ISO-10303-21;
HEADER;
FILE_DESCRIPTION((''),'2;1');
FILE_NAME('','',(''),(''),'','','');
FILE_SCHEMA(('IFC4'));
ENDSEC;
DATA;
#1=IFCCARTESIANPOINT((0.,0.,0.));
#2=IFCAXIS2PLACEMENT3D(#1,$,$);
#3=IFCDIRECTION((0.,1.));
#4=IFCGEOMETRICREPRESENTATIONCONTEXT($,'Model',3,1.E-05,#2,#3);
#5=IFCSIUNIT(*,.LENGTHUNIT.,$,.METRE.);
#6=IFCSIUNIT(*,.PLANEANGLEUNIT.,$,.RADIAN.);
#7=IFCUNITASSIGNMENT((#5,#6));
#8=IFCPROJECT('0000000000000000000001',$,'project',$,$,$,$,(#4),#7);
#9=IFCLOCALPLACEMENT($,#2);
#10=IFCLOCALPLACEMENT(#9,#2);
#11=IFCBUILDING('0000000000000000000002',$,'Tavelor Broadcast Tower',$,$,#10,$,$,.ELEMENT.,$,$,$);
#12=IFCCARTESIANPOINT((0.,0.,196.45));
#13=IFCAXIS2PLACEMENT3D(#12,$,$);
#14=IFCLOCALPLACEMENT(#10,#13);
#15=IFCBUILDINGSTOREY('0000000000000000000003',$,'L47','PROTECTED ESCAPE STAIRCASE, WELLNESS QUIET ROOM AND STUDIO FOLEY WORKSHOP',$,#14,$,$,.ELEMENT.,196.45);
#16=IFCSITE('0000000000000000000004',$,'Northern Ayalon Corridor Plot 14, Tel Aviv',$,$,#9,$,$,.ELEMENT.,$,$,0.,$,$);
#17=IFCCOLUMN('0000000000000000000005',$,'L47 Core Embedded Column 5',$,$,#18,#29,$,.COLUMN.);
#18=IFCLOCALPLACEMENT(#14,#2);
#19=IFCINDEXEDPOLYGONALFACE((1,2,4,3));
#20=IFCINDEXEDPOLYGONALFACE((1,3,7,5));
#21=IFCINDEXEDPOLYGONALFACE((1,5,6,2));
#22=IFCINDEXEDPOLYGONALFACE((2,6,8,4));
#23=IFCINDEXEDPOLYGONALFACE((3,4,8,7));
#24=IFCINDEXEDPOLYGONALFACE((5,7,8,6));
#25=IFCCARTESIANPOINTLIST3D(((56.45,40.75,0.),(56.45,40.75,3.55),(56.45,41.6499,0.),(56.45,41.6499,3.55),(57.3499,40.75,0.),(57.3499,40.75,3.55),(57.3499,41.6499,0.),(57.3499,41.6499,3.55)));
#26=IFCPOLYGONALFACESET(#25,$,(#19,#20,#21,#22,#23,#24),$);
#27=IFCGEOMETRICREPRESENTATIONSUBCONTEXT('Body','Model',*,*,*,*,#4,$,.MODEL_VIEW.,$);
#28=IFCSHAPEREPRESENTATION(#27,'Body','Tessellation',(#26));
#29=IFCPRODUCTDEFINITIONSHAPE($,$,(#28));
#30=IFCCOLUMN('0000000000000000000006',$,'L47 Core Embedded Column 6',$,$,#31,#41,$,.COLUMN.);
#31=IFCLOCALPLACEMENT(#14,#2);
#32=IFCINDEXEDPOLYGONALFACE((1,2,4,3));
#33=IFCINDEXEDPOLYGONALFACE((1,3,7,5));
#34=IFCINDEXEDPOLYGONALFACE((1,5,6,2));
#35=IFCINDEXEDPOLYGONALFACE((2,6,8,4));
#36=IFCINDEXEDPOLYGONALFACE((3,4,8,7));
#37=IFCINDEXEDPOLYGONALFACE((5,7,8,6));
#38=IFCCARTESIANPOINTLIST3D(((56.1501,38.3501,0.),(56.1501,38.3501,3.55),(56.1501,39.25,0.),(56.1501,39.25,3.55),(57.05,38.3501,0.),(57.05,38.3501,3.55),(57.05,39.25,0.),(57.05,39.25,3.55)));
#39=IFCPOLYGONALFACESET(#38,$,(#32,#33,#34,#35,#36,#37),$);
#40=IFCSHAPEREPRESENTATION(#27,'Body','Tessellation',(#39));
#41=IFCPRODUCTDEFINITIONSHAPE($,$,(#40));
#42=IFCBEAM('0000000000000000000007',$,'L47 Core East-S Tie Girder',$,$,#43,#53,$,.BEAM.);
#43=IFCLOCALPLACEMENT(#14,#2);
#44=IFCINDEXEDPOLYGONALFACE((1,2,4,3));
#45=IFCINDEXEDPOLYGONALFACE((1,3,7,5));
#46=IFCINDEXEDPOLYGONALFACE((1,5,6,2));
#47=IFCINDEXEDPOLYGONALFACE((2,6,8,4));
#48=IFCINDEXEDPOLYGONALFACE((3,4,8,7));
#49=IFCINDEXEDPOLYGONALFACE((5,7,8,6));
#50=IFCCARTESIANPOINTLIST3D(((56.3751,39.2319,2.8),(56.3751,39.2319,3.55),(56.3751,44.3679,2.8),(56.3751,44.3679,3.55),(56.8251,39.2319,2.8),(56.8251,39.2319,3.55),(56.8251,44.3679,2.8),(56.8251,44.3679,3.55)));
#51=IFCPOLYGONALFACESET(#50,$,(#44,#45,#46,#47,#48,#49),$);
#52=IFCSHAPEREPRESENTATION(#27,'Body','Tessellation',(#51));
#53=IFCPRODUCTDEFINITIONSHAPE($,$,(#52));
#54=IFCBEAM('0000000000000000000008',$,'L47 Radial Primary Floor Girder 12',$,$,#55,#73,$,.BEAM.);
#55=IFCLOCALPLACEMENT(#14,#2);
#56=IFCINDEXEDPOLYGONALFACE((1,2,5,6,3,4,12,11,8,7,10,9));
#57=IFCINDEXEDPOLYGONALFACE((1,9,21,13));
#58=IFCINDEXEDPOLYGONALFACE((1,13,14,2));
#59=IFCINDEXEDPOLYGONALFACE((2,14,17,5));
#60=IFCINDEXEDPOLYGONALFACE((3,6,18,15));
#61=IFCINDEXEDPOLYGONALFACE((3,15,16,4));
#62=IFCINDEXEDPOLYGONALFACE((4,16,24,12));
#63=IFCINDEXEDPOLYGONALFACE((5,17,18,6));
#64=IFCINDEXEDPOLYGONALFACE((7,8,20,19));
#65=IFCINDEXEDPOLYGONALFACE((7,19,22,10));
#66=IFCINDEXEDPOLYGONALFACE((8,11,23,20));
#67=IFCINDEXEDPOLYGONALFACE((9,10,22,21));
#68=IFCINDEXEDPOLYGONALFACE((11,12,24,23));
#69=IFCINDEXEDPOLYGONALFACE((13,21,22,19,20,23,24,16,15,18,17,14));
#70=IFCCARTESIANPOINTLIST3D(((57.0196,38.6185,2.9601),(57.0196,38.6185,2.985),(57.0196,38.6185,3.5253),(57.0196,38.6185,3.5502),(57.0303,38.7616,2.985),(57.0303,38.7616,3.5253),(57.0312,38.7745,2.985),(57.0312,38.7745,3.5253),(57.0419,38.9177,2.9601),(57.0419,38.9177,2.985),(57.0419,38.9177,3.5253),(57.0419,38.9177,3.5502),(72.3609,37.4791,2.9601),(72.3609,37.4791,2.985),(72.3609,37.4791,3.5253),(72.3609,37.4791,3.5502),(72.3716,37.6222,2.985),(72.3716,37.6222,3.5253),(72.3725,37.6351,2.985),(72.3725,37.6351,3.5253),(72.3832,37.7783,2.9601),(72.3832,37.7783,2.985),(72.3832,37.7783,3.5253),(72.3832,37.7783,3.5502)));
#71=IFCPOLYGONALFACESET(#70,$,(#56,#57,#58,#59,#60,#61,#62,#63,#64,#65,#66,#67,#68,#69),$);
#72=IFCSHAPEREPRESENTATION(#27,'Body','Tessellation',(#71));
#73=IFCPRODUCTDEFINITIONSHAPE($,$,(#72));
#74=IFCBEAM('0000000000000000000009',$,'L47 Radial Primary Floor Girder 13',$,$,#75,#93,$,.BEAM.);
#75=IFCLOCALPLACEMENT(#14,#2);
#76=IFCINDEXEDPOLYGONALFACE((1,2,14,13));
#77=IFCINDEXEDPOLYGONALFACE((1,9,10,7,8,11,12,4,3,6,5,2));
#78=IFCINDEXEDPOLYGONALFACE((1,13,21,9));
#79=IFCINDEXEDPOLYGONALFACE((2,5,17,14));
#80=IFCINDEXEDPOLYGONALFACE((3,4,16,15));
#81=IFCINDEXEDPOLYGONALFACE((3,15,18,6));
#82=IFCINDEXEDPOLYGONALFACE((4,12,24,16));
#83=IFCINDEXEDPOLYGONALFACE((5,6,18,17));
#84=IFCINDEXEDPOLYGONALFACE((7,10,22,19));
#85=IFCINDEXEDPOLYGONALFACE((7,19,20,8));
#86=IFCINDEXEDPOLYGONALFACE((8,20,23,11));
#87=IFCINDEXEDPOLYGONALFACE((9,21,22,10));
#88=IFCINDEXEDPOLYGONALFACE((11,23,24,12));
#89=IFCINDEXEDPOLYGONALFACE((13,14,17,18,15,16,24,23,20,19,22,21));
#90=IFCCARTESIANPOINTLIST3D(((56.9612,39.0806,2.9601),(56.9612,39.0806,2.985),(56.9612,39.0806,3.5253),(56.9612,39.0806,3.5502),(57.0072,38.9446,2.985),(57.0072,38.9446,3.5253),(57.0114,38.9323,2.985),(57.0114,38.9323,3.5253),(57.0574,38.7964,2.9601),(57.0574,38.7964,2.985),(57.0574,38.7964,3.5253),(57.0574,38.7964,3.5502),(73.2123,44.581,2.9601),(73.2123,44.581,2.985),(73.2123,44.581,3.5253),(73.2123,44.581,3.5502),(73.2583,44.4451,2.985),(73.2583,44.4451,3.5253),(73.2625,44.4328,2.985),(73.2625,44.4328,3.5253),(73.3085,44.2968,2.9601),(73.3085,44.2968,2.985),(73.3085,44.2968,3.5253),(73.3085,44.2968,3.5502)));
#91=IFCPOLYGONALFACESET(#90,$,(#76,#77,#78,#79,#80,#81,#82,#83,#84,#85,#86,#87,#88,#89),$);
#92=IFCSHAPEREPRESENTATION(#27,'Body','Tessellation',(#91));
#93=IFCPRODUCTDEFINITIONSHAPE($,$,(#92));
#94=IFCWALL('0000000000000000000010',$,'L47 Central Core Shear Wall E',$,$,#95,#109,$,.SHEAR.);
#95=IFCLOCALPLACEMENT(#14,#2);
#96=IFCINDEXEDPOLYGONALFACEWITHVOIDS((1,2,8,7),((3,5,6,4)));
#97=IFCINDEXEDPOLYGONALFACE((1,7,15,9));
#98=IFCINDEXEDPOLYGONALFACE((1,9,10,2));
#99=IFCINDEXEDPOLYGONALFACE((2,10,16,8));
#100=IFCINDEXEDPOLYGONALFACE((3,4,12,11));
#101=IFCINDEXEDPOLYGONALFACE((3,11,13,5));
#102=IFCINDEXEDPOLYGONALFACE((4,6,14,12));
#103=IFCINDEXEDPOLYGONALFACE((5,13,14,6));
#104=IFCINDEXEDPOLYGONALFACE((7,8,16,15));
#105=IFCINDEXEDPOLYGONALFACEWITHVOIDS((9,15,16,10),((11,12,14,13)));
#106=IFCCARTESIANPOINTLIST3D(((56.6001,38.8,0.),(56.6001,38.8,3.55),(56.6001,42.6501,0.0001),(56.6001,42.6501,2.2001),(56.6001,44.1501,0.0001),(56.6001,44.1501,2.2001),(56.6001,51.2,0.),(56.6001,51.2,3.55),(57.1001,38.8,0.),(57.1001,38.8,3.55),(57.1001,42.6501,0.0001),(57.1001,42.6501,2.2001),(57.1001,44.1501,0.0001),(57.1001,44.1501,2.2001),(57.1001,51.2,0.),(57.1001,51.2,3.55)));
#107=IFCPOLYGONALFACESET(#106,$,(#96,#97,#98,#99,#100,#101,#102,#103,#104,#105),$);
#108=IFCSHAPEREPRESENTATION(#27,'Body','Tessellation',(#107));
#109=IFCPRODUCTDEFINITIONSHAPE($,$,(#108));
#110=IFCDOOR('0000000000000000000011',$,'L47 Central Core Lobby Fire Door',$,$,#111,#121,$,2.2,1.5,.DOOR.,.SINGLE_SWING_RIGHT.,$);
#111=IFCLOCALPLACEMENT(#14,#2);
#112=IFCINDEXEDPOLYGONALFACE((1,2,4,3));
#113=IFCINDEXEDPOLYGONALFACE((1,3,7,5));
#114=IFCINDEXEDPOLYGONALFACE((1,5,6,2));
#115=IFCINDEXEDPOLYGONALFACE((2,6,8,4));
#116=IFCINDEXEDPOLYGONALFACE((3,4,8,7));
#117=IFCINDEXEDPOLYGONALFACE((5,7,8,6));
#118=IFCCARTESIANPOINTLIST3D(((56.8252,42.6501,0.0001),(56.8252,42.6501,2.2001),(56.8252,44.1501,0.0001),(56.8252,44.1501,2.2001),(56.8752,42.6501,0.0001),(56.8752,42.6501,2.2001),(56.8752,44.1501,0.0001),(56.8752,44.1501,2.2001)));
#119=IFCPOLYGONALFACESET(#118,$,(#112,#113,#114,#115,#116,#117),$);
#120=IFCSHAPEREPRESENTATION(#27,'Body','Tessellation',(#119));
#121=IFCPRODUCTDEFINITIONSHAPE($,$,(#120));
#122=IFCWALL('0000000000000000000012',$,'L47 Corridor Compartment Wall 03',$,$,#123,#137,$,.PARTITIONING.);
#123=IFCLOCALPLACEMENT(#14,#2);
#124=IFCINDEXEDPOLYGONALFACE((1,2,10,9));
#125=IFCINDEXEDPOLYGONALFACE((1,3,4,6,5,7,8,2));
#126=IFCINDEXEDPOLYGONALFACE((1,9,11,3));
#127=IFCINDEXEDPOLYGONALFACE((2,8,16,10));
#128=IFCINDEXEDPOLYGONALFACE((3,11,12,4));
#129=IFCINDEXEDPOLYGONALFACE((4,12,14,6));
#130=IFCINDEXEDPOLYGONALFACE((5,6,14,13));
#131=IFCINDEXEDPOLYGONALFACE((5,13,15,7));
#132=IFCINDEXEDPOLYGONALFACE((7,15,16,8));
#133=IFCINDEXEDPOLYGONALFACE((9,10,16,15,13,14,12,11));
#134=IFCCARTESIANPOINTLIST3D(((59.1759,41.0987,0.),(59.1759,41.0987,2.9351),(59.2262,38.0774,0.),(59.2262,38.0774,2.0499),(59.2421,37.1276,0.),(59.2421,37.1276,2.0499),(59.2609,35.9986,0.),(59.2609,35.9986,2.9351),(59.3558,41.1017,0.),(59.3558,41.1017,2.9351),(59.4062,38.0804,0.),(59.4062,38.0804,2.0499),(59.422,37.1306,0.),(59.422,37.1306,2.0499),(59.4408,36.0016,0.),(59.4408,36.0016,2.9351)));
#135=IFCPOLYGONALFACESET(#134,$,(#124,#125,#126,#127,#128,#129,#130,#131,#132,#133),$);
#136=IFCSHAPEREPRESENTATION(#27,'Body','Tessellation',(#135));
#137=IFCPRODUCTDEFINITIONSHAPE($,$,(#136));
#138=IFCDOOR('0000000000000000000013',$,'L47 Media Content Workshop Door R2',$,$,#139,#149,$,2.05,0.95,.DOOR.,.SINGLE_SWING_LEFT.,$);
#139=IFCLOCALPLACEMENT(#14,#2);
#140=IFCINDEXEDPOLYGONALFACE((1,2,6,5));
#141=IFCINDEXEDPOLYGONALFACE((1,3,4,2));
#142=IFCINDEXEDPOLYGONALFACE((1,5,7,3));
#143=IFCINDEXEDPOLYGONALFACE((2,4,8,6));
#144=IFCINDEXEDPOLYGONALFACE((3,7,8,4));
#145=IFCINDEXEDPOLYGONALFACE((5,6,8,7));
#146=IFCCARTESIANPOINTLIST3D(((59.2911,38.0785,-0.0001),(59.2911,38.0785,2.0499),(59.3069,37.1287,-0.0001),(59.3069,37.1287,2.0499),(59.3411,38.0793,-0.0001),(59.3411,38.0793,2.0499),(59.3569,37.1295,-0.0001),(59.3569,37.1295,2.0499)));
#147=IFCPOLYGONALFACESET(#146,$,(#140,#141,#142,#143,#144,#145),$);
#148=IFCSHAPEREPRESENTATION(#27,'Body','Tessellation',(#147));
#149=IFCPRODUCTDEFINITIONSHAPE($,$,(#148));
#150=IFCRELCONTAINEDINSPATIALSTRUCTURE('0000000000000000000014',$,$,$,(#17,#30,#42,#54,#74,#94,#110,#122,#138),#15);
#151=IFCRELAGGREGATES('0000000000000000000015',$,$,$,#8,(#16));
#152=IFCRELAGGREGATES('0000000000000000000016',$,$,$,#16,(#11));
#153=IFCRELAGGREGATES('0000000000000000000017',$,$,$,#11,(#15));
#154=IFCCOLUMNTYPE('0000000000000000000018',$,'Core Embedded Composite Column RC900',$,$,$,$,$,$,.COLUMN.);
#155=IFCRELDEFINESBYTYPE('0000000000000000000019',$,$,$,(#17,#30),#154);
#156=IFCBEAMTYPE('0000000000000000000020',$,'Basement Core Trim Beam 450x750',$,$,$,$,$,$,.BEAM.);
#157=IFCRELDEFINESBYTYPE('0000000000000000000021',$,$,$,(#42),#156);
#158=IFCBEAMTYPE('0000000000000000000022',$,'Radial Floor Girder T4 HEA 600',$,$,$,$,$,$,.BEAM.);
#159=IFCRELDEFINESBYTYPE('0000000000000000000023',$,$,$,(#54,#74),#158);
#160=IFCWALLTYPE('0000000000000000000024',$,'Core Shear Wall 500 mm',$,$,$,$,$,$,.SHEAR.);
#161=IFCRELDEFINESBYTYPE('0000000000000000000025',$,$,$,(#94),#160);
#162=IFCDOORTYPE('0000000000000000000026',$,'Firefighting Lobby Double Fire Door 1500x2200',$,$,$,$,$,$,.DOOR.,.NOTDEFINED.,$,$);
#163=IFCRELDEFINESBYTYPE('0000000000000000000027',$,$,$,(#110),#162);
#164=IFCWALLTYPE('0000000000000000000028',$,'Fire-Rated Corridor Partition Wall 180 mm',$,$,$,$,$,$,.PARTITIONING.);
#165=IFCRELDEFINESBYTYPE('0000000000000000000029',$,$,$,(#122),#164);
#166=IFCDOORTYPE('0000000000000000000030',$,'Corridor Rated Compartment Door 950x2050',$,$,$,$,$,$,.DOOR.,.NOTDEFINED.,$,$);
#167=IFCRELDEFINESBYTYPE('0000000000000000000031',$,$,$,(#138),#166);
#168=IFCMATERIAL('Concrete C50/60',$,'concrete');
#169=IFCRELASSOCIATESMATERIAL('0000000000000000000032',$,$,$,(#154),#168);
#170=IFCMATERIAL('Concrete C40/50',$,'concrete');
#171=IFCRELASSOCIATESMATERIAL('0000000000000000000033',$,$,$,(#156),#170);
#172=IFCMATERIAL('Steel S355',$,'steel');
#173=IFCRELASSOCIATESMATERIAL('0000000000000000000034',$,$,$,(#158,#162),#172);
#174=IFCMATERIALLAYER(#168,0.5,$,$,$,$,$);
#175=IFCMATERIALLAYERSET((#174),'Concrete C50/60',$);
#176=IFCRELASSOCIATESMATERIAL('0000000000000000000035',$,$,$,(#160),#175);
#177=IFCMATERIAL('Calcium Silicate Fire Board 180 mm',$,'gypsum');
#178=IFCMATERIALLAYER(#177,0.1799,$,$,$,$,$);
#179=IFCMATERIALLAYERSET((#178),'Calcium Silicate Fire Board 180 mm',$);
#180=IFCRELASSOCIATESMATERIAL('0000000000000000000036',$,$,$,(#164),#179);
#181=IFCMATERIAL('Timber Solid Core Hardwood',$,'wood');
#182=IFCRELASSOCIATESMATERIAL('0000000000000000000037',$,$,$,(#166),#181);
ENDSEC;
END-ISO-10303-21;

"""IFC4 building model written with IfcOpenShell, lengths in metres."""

from ifc_helpers import new_model, si_unit, direction, frame, frame_2d, origin, origin_2d, place, context, subcontext, project, spatial, rectangle, i_section, extrude, material, layer, layer_set, material_profile, profile_set, type_object, element, fill, save


model = new_model("IFC4")

# Units and contexts
model_context = context("Model", 3, precision=1e-05, world=origin(), true_north=direction((0.0, 1.0)))
body_context = subcontext(model_context, "Body", "Model", "MODEL_VIEW")
ifc_project = project(units=[si_unit("LENGTHUNIT", "METRE"), si_unit("PLANEANGLEUNIT", "RADIAN")], contexts=[model_context])

# Site, building, storey
site_placement = place(None, origin())
site = spatial("IfcSite", under=ifc_project, at=site_placement, Name="Northern Ayalon Corridor Plot 14, Tel Aviv", CompositionType="ELEMENT", RefElevation=0.0)
building_placement = place(site_placement, origin())
building = spatial("IfcBuilding", under=site, at=building_placement, Name="Tavelor Broadcast Tower", CompositionType="ELEMENT")
storey_placement = place(building_placement, frame((0.0, 0.0, 196.45)))
storey = spatial("IfcBuildingStorey", under=building, at=storey_placement, Name="L47", Description="PROTECTED ESCAPE STAIRCASE, WELLNESS QUIET ROOM AND STUDIO FOLEY WORKSHOP", CompositionType="ELEMENT", Elevation=196.45)

# Columns
ifc_material_1 = material(Name="Concrete C50/60", Category="concrete")
ifc_material_profile_1 = material_profile(ifc_material_1, rectangle(XDim=0.8999, YDim=0.8999, at=origin_2d()), Name="RC 900x900")
ifc_profile_set_1 = profile_set([ifc_material_profile_1], Name="Concrete C50/60")
column_type = type_object("IfcColumnType", Name="Core Embedded Composite Column RC900", PredefinedType="COLUMN", material=ifc_profile_set_1)
for number, where, z_axis, x_axis, name in (
    (1, (56.8999, 41.2, 0.0), (0.0, 0.0, 1.0), (1.0, 0.0, 0.0), "L47 Core Embedded Column 5"),
    (2, (56.6001, 38.8, 0.0), (0.0, 0.0, 1.0), (1.0, 0.0, 0.0), "L47 Core Embedded Column 6"),
):
    element("IfcColumn", number, at=place(storey_placement, frame(where, z_axis=z_axis, x_axis=x_axis)), inside=storey, type_object=column_type, Name=name, PredefinedType="COLUMN", context=body_context, shape_type="SweptSolid", body=[
        extrude(rectangle(XDim=0.8999, YDim=0.8999, at=origin_2d()), origin(), (0.0, 0.0, 1.0), 3.55),
    ])

# Beams
ifc_material_2 = material(Name="Concrete C40/50", Category="concrete")
ifc_material_profile_2 = material_profile(ifc_material_2, rectangle(XDim=0.45, YDim=0.75, at=origin_2d()), Name="RC 450x750")
ifc_profile_set_2 = profile_set([ifc_material_profile_2], Name="Concrete C40/50")
beam_type_1 = type_object("IfcBeamType", Name="Basement Core Trim Beam 450x750", PredefinedType="BEAM", material=ifc_profile_set_2)
beam_1_placement = place(storey_placement, frame((56.6001, 39.2319, 3.175), z_axis=(0.0, 1.0, 0.0), x_axis=(-1.0, 0.0, 0.0)))
element("IfcBeam", 3, at=beam_1_placement, inside=storey, type_object=beam_type_1, Name="L47 Core East-S Tie Girder", PredefinedType="BEAM", context=body_context, shape_type="SweptSolid", body=[
    extrude(rectangle(XDim=0.45, YDim=0.75, at=origin_2d()), origin(), (0.0, 0.0, 1.0), 5.136),
])
ifc_material_3 = material(Name="Steel S355", Category="steel")
ifc_material_profile_3 = material_profile(ifc_material_3, i_section(OverallWidth=0.3, OverallDepth=0.5901, WebThickness=0.0129, FlangeThickness=0.0249, at=origin_2d()), Name="HEA 600")
ifc_profile_set_3 = profile_set([ifc_material_profile_3], Name="Steel S355")
beam_type_2 = type_object("IfcBeamType", Name="Radial Floor Girder T4 HEA 600", PredefinedType="BEAM", material=ifc_profile_set_3)
beam_2_placement = place(storey_placement, frame((57.0308, 38.7681, 3.2551), z_axis=(0.997253, -0.074066, 0.0), x_axis=(0.074066, 0.997253, 0.0)))
element("IfcBeam", 4, at=beam_2_placement, inside=storey, type_object=beam_type_2, Name="L47 Radial Primary Floor Girder 12", PredefinedType="BEAM", context=body_context, shape_type="SweptSolid", body=[
    extrude(i_section(OverallWidth=0.3, OverallDepth=0.5901, WebThickness=0.0129, FlangeThickness=0.0249, at=origin_2d()), origin(), (0.0, 0.0, 1.0), 15.3835),
])
beam_3_placement = place(storey_placement, frame((57.0093, 38.9385, 3.2551), z_axis=(0.947215, 0.3206, 0.0), x_axis=(-0.3206, 0.947215, 0.0)))
element("IfcBeam", 5, at=beam_3_placement, inside=storey, type_object=beam_type_2, Name="L47 Radial Primary Floor Girder 13", PredefinedType="BEAM", context=body_context, shape_type="SweptSolid", body=[
    extrude(i_section(OverallWidth=0.3, OverallDepth=0.5901, WebThickness=0.0129, FlangeThickness=0.0249, at=origin_2d()), origin(), (0.0, 0.0, 1.0), 17.1567),
])

# Walls, openings, doors
ifc_layer_1 = layer(ifc_material_1, 0.5)
ifc_layer_set_1 = layer_set([ifc_layer_1], Name="Concrete C50/60")
wall_type_1 = type_object("IfcWallType", Name="Core Shear Wall 500 mm", PredefinedType="SHEAR", material=ifc_layer_set_1)
wall_1_placement = place(storey_placement, frame((56.8501, 38.8, 0.0), z_axis=(0.0, 0.0, 1.0), x_axis=(0.0, 1.0, 0.0)))
wall_1 = element("IfcWall", 6, at=wall_1_placement, inside=storey, type_object=wall_type_1, Name="L47 Central Core Shear Wall E", PredefinedType="SHEAR", context=body_context, shape_type="SweptSolid", body=[
    extrude(rectangle(XDim=12.3999, YDim=0.5, at=frame_2d((6.2, 0.0))), origin(), (0.0, 0.0, 1.0), 3.55),
])
opening_1_placement = place(wall_1_placement, frame((3.8501, 0.0, 0.0)))
opening_1 = element("IfcOpeningElement", 7, at=opening_1_placement, cuts=wall_1, PredefinedType="OPENING", context=body_context, shape_type="SweptSolid", body=[
    extrude(rectangle(XDim=1.5, YDim=2.2, at=frame_2d((0.75, 1.1001))), frame((0.0, 0.26, 0.0), z_axis=(0.0, -1.0, 0.0), x_axis=(1.0, 0.0, 0.0)), (0.0, 0.0, 1.0), 0.52),
])
door_type_1 = type_object("IfcDoorType", Name="Firefighting Lobby Double Fire Door 1500x2200", OperationType="NOTDEFINED", PredefinedType="DOOR", material=ifc_material_3)
door_1_placement = place(opening_1_placement, origin())
door_1 = element("IfcDoor", 8, at=door_1_placement, inside=storey, type_object=door_type_1, Name="L47 Central Core Lobby Fire Door", OperationType="SINGLE_SWING_RIGHT", OverallHeight=2.2, OverallWidth=1.5, PredefinedType="DOOR", context=body_context, shape_type="SweptSolid", body=[
    extrude(rectangle(XDim=1.5, YDim=2.2, at=frame_2d((0.75, 1.1001))), frame((0.0, 0.0249, 0.0), z_axis=(0.0, -1.0, 0.0), x_axis=(1.0, 0.0, 0.0)), (0.0, 0.0, 1.0), 0.05),
])
fill(opening_1, door_1)
ifc_material_4 = material(Name="Calcium Silicate Fire Board 180 mm", Category="gypsum")
ifc_layer_2 = layer(ifc_material_4, 0.1799)
ifc_layer_set_2 = layer_set([ifc_layer_2], Name="Calcium Silicate Fire Board 180 mm")
wall_type_2 = type_object("IfcWallType", Name="Fire-Rated Corridor Partition Wall 180 mm", PredefinedType="PARTITIONING", material=ifc_layer_set_2)
wall_2_placement = place(storey_placement, frame((59.2659, 41.1001, 0.0), z_axis=(0.0, 0.0, 1.0), x_axis=(0.016656, -0.999861, 0.0)))
wall_2 = element("IfcWall", 9, at=wall_2_placement, inside=storey, type_object=wall_type_2, Name="L47 Corridor Compartment Wall 03", PredefinedType="PARTITIONING", context=body_context, shape_type="SweptSolid", body=[
    extrude(rectangle(XDim=5.1008, YDim=0.1799, at=frame_2d((2.5503, 0.0))), origin(), (0.0, 0.0, 1.0), 2.9351),
])
opening_2_placement = place(wall_2_placement, frame((3.0215, 0.0, 0.0)))
opening_2 = element("IfcOpeningElement", 10, at=opening_2_placement, cuts=wall_2, PredefinedType="OPENING", context=body_context, shape_type="SweptSolid", body=[
    extrude(rectangle(XDim=0.95, YDim=2.05, at=frame_2d((0.4751, 1.0249))), frame((0.0, 0.1001, 0.0), z_axis=(0.0, -1.0, 0.0), x_axis=(1.0, 0.0, 0.0)), (0.0, 0.0, 1.0), 0.2),
])
ifc_material_5 = material(Name="Timber Solid Core Hardwood", Category="wood")
door_type_2 = type_object("IfcDoorType", Name="Corridor Rated Compartment Door 950x2050", OperationType="NOTDEFINED", PredefinedType="DOOR", material=ifc_material_5)
door_2_placement = place(opening_2_placement, origin())
door_2 = element("IfcDoor", 11, at=door_2_placement, inside=storey, type_object=door_type_2, Name="L47 Media Content Workshop Door R2", OperationType="SINGLE_SWING_LEFT", OverallHeight=2.05, OverallWidth=0.95, PredefinedType="DOOR", context=body_context, shape_type="SweptSolid", body=[
    extrude(rectangle(XDim=0.95, YDim=2.05, at=frame_2d((0.4751, 1.0249))), frame((0.0, 0.0249, 0.0), z_axis=(0.0, -1.0, 0.0), x_axis=(1.0, 0.0, 0.0)), (0.0, 0.0, 1.0), 0.05),
])
fill(opening_2, door_2)

save(model, "model.ifc")
